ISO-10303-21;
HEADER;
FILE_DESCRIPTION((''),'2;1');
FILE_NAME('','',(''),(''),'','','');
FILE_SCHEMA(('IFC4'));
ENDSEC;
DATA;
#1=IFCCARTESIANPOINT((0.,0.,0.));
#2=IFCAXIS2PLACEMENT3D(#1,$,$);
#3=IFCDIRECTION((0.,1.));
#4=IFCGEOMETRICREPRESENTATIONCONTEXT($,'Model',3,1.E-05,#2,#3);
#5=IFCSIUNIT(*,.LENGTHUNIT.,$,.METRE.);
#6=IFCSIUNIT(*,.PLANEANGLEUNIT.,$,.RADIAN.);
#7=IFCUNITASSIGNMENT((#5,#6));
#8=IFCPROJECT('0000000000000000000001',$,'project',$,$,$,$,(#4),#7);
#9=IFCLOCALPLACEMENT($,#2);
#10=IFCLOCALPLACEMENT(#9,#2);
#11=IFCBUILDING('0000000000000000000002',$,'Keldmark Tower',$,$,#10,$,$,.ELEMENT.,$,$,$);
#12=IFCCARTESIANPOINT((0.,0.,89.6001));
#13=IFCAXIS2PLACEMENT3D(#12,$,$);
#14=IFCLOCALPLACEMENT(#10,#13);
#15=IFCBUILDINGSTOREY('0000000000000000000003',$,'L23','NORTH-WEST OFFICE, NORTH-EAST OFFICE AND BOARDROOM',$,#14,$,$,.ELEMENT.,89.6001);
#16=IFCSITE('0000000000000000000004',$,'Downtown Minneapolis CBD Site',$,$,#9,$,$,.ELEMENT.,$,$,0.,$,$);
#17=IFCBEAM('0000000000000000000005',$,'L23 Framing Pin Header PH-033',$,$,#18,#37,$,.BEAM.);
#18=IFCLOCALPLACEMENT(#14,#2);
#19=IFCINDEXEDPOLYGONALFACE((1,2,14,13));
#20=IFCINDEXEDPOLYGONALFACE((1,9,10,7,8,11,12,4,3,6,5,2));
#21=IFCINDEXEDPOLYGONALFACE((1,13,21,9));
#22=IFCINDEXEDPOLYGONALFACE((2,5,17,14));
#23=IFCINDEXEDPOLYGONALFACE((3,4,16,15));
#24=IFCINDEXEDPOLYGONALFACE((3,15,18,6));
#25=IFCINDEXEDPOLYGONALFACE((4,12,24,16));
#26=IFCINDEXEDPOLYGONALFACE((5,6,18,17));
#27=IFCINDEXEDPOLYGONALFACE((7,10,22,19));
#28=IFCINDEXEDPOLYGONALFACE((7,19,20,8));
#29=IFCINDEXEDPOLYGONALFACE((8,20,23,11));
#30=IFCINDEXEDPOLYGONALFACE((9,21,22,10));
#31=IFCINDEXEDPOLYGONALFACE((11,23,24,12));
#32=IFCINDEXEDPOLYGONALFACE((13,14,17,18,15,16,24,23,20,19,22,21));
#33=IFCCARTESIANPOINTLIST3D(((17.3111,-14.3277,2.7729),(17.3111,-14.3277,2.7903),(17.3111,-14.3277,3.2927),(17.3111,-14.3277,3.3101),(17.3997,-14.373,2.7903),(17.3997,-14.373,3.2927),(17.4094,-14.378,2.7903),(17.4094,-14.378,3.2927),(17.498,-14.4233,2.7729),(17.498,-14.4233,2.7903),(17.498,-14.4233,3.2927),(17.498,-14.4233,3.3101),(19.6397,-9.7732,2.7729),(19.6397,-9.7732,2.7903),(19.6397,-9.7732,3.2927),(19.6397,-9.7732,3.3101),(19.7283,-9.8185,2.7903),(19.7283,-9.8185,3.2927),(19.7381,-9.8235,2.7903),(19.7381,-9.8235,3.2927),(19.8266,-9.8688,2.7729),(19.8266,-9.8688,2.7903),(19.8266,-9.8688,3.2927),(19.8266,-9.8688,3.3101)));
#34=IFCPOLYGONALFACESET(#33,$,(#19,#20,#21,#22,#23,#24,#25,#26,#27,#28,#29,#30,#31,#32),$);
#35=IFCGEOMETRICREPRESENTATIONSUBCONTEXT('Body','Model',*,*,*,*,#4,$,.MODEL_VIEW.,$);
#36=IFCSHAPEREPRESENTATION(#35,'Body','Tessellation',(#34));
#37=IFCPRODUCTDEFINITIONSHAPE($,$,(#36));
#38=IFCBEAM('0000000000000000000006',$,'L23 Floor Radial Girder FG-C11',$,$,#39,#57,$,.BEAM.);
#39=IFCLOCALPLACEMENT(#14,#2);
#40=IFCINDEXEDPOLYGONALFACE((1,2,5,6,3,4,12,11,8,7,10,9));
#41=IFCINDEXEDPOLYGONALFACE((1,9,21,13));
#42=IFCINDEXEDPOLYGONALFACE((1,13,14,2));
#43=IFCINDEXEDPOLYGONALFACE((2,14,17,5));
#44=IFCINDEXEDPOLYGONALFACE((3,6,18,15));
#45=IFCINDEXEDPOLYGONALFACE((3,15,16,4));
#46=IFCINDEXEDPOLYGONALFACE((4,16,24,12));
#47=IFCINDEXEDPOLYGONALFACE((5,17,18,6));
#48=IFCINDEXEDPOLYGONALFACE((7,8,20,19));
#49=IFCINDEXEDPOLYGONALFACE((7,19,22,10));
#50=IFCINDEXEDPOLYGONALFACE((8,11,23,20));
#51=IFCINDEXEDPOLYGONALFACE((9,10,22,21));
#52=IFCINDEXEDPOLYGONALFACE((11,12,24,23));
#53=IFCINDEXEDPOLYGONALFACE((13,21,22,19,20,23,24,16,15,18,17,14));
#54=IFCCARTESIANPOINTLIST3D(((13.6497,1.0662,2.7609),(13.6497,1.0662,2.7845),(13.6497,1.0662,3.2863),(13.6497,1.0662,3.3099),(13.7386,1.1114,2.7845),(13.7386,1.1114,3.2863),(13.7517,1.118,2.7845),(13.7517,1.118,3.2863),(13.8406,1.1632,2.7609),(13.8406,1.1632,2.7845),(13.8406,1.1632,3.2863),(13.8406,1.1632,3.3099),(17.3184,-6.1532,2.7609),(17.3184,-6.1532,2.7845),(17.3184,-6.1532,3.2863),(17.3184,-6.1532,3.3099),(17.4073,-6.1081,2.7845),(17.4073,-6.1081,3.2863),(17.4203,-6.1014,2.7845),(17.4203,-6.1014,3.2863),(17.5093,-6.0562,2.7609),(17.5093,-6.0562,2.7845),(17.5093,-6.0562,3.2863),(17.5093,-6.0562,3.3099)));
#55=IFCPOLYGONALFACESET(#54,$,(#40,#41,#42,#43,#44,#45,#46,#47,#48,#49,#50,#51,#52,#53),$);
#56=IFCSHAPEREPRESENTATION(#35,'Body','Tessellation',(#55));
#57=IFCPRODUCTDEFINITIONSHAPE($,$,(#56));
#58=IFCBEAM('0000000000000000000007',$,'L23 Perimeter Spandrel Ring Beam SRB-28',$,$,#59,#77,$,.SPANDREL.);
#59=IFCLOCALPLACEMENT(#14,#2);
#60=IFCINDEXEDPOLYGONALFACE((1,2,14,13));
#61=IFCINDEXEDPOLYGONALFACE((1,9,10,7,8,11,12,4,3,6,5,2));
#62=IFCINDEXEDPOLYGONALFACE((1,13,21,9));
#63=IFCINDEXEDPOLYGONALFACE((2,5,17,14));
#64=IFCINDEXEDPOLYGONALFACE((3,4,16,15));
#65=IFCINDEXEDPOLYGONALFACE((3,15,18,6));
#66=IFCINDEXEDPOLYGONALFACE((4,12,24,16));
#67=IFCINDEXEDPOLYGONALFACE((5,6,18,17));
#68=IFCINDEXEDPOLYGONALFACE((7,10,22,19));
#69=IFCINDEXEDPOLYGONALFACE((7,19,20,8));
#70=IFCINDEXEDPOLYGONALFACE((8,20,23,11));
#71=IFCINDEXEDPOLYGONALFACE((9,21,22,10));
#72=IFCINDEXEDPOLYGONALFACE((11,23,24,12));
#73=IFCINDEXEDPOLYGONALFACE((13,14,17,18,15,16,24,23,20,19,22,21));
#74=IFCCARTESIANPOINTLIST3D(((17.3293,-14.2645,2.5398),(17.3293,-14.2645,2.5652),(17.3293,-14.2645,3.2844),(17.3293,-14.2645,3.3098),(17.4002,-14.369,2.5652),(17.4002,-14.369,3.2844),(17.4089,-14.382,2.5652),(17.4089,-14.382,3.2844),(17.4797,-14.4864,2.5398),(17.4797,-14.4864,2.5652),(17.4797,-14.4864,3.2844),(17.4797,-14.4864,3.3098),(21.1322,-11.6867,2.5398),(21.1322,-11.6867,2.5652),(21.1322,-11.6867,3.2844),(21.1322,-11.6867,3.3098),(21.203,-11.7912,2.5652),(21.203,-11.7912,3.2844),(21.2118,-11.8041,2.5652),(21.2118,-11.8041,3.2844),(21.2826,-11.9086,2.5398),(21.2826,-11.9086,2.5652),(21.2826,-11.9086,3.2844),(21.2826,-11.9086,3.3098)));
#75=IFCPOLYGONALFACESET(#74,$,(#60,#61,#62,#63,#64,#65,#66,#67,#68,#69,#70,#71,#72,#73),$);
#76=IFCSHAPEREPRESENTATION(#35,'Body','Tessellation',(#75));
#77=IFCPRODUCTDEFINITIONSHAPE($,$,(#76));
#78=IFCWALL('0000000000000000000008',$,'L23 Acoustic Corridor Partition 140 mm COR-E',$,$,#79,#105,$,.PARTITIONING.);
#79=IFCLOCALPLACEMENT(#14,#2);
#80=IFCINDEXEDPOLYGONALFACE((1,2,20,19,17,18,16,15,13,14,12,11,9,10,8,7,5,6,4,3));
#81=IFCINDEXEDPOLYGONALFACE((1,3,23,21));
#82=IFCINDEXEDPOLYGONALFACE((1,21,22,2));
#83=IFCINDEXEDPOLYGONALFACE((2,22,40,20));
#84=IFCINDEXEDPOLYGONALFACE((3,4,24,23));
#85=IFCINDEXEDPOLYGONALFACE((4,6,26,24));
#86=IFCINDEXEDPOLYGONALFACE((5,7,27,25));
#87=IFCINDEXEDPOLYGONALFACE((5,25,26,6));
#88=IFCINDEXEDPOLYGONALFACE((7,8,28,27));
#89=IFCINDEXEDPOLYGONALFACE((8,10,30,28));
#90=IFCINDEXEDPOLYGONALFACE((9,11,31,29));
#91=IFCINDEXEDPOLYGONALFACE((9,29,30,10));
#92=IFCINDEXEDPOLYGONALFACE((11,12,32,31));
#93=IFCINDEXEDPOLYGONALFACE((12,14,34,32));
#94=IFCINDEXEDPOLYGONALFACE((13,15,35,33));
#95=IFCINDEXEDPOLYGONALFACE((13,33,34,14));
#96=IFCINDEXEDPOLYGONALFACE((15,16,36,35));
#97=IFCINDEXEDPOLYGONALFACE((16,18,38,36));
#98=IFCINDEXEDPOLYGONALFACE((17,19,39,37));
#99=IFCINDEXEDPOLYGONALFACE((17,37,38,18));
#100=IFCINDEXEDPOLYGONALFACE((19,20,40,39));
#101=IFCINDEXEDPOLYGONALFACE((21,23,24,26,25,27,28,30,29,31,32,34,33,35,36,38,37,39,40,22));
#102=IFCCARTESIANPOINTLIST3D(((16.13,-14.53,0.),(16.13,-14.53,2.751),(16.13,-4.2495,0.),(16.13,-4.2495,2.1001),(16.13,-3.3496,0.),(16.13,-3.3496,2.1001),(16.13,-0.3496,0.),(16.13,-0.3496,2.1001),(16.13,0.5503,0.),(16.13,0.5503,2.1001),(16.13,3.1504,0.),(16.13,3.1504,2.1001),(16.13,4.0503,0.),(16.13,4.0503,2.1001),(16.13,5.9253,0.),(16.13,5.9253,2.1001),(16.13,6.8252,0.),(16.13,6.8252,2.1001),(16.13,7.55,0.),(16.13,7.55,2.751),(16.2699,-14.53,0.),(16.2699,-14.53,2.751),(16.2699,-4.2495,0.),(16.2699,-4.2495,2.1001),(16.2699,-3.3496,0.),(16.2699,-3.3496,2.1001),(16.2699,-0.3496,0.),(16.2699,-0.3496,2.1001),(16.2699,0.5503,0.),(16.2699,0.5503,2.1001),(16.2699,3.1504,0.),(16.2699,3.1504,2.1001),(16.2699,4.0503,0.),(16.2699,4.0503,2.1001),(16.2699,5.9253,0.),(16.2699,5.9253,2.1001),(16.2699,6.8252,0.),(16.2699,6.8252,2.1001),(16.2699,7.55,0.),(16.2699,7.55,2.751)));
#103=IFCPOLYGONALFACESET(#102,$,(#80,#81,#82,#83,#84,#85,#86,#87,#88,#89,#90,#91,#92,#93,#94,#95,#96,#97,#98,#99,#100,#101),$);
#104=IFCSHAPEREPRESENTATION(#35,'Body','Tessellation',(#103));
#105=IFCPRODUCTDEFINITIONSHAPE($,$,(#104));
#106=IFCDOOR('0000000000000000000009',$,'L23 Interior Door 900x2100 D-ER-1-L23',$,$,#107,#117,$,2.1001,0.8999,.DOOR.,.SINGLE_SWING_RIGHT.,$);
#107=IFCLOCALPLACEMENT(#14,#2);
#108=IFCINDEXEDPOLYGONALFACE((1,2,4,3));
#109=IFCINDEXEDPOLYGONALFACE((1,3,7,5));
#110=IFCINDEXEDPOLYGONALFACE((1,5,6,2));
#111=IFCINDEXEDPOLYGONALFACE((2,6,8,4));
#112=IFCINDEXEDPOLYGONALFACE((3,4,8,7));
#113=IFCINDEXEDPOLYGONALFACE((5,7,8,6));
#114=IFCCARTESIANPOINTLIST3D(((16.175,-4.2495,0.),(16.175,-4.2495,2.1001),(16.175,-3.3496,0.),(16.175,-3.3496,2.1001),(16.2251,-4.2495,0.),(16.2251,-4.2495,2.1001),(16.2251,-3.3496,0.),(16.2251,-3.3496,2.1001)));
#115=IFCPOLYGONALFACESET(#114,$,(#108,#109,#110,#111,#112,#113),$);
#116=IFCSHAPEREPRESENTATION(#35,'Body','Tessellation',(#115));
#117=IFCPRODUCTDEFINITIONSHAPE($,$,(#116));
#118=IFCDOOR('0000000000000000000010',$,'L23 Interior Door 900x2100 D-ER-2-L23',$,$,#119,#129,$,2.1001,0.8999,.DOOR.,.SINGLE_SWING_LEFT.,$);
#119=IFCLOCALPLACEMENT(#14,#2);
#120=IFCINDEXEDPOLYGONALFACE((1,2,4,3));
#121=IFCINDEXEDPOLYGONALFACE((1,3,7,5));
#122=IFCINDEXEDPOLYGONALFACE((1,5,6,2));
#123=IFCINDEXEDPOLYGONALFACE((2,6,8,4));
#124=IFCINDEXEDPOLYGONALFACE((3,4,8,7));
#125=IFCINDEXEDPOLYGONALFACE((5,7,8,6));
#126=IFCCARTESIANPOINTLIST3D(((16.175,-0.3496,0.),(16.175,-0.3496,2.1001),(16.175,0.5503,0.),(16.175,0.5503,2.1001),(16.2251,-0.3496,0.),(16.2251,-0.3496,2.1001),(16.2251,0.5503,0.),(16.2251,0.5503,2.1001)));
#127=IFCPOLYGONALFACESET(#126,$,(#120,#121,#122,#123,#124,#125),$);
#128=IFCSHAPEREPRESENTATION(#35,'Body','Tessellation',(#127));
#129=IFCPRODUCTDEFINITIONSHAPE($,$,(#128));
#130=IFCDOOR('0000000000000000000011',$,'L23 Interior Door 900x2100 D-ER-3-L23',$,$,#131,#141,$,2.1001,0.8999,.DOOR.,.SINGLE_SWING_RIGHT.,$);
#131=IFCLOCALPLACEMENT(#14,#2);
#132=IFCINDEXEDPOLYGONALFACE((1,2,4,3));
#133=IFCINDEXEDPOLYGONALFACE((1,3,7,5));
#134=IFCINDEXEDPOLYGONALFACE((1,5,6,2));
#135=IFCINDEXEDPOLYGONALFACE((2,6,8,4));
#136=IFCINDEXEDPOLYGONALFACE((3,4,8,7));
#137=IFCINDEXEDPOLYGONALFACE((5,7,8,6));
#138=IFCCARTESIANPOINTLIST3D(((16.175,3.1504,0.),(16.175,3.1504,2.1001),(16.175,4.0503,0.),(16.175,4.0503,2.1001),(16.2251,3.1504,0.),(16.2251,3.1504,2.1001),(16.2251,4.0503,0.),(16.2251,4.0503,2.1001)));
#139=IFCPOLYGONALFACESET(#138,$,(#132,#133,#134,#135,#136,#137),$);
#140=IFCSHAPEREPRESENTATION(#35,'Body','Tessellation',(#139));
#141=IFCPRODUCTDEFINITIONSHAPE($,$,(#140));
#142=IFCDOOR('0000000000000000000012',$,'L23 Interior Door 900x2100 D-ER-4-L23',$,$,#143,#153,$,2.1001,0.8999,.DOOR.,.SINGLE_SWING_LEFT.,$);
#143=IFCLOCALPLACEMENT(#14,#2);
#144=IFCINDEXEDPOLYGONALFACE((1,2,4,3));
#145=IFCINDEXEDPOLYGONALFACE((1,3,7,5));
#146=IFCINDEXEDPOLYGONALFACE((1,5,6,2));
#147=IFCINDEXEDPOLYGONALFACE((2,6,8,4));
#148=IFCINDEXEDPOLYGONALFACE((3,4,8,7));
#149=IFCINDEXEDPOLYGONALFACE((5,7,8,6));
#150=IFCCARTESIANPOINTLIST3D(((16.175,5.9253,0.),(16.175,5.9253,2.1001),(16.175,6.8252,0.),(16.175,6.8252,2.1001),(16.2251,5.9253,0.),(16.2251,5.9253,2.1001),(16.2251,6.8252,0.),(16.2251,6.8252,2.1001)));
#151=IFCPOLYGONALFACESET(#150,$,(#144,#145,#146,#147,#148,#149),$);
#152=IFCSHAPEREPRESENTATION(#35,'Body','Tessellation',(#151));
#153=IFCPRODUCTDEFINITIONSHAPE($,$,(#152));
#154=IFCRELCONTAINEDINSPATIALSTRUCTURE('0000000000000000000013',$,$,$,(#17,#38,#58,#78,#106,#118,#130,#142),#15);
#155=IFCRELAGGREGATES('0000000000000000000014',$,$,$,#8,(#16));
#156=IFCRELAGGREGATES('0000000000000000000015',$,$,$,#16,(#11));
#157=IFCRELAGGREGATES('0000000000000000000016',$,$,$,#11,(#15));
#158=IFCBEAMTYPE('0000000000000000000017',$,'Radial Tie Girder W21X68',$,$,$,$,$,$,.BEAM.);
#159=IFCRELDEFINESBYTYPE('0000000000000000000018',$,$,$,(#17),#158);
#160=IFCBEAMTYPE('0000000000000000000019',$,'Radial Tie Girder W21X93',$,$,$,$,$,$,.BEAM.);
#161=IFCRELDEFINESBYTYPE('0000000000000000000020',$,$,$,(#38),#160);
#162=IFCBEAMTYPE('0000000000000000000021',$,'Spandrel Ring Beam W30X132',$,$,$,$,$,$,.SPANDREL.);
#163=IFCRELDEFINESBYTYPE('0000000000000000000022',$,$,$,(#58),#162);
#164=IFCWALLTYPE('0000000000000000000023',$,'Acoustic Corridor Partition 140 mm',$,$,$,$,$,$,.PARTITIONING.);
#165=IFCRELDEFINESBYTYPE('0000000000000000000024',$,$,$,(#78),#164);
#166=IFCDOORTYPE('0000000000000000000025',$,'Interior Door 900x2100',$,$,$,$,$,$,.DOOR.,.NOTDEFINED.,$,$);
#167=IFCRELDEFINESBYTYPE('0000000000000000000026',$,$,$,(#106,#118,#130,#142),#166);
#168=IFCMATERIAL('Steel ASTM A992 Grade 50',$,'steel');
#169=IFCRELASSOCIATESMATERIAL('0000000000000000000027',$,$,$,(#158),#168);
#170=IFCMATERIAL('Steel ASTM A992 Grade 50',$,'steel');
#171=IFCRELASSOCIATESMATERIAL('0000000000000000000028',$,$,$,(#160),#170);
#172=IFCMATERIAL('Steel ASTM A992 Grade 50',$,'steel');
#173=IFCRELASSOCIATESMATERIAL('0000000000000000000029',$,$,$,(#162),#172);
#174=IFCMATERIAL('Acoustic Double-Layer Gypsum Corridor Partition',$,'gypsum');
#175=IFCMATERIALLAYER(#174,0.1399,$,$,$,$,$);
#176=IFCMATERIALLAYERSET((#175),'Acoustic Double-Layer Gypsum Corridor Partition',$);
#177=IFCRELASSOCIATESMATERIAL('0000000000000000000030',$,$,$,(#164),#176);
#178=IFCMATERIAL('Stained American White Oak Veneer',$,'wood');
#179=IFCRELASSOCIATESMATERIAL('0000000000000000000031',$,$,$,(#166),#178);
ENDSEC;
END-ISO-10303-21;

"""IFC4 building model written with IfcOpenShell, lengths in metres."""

from ifc_helpers import new_model, si_unit, direction, frame, frame_2d, origin, origin_2d, place, context, subcontext, project, spatial, rectangle, i_section, extrude, material, layer, layer_set, material_profile, profile_set, type_object, element, fill, save


model = new_model("IFC4")

# Units and contexts
model_context = context("Model", 3, precision=1e-05, world=origin(), true_north=direction((0.0, 1.0)))
body_context = subcontext(model_context, "Body", "Model", "MODEL_VIEW")
ifc_project = project(units=[si_unit("LENGTHUNIT", "METRE"), si_unit("PLANEANGLEUNIT", "RADIAN")], contexts=[model_context])

# Site, building, storey
site_placement = place(None, origin())
site = spatial("IfcSite", under=ifc_project, at=site_placement, Name="Downtown Minneapolis CBD Site", CompositionType="ELEMENT", RefElevation=0.0)
building_placement = place(site_placement, origin())
building = spatial("IfcBuilding", under=site, at=building_placement, Name="Keldmark Tower", CompositionType="ELEMENT")
storey_placement = place(building_placement, frame((0.0, 0.0, 89.6001)))
storey = spatial("IfcBuildingStorey", under=building, at=storey_placement, Name="L23", Description="NORTH-WEST OFFICE, NORTH-EAST OFFICE AND BOARDROOM", CompositionType="ELEMENT", Elevation=89.6001)

# Beams
ifc_material_1 = material(Name="Steel ASTM A992 Grade 50", Category="steel")
ifc_material_profile_1 = material_profile(ifc_material_1, i_section(OverallWidth=0.21, OverallDepth=0.5371, WebThickness=0.011, FlangeThickness=0.0173, at=origin_2d()), Name="W21X68")
ifc_profile_set_1 = profile_set([ifc_material_profile_1], Name="Steel ASTM A992 Grade 50")
beam_type_1 = type_object("IfcBeamType", Name="Radial Tie Girder W21X68", PredefinedType="BEAM", material=ifc_profile_set_1)
beam_1_placement = place(storey_placement, frame((17.4045, -14.3755, 3.0415), z_axis=(0.455233, 0.890372, 0.0), x_axis=(-0.890372, 0.455233, 0.0)))
element("IfcBeam", 1, at=beam_1_placement, inside=storey, type_object=beam_type_1, Name="L23 Framing Pin Header PH-033", PredefinedType="BEAM", context=body_context, shape_type="SweptSolid", body=[
    extrude(i_section(OverallWidth=0.21, OverallDepth=0.5371, WebThickness=0.011, FlangeThickness=0.0173, at=origin_2d()), origin(), (0.0, 0.0, 1.0), 5.1152),
])
ifc_material_2 = material(Name="Steel ASTM A992 Grade 50", Category="steel")
ifc_material_profile_2 = material_profile(ifc_material_2, i_section(OverallWidth=0.2141, OverallDepth=0.5491, WebThickness=0.0146, FlangeThickness=0.0237, at=origin_2d()), Name="W21X93")
ifc_profile_set_2 = profile_set([ifc_material_profile_2], Name="Steel ASTM A992 Grade 50")
beam_type_2 = type_object("IfcBeamType", Name="Radial Tie Girder W21X93", PredefinedType="BEAM", material=ifc_profile_set_2)
beam_2_placement = place(storey_placement, frame((17.4138, -6.1047, 3.0354), z_axis=(-0.453029, 0.891496, 0.0), x_axis=(-0.891496, -0.453029, 0.0)))
element("IfcBeam", 2, at=beam_2_placement, inside=storey, type_object=beam_type_2, Name="L23 Floor Radial Girder FG-C11", PredefinedType="BEAM", context=body_context, shape_type="SweptSolid", body=[
    extrude(i_section(OverallWidth=0.2141, OverallDepth=0.5491, WebThickness=0.0146, FlangeThickness=0.0237, at=origin_2d()), origin(), (0.0, 0.0, 1.0), 8.0981),
])
ifc_material_3 = material(Name="Steel ASTM A992 Grade 50", Category="steel")
ifc_material_profile_3 = material_profile(ifc_material_3, i_section(OverallWidth=0.2681, OverallDepth=0.77, WebThickness=0.0156, FlangeThickness=0.0254, at=origin_2d()), Name="W30X132")
ifc_profile_set_3 = profile_set([ifc_material_profile_3], Name="Steel ASTM A992 Grade 50")
beam_type_3 = type_object("IfcBeamType", Name="Spandrel Ring Beam W30X132", PredefinedType="SPANDREL", material=ifc_profile_set_3)
beam_3_placement = place(storey_placement, frame((17.4045, -14.3755, 2.9248), z_axis=(0.82775, 0.561097, 0.0), x_axis=(-0.561097, 0.82775, 0.0)))
element("IfcBeam", 3, at=beam_3_placement, inside=storey, type_object=beam_type_3, Name="L23 Perimeter Spandrel Ring Beam SRB-28", PredefinedType="SPANDREL", context=body_context, shape_type="SweptSolid", body=[
    extrude(i_section(OverallWidth=0.2681, OverallDepth=0.77, WebThickness=0.0156, FlangeThickness=0.0254, at=origin_2d()), origin(), (0.0, 0.0, 1.0), 4.5942),
])

# Wall, openings, doors
ifc_material_4 = material(Name="Acoustic Double-Layer Gypsum Corridor Partition", Category="gypsum")
ifc_layer_1 = layer(ifc_material_4, 0.1399)
ifc_layer_set_1 = layer_set([ifc_layer_1], Name="Acoustic Double-Layer Gypsum Corridor Partition")
wall_type_1 = type_object("IfcWallType", Name="Acoustic Corridor Partition 140 mm", PredefinedType="PARTITIONING", material=ifc_layer_set_1)
wall_1_placement = place(storey_placement, frame((16.2, -14.53, 0.0), z_axis=(0.0, 0.0, 1.0), x_axis=(0.0, 1.0, 0.0)))
wall_1 = element("IfcWall", 4, at=wall_1_placement, inside=storey, type_object=wall_type_1, Name="L23 Acoustic Corridor Partition 140 mm COR-E", PredefinedType="PARTITIONING", context=body_context, shape_type="SweptSolid", body=[
    extrude(rectangle(XDim=22.0801, YDim=0.1399, at=frame_2d((11.04, 0.0))), origin(), (0.0, 0.0, 1.0), 2.751),
])
opening_1_placement = place(wall_1_placement, frame((10.2805, 0.0, 0.0)))
opening_1 = element("IfcOpeningElement", 5, at=opening_1_placement, cuts=wall_1, PredefinedType="OPENING", context=body_context, shape_type="SweptSolid", body=[
    extrude(rectangle(XDim=0.8999, YDim=2.1001, at=frame_2d((0.45, 1.05))), frame((0.0, 0.0798, 0.0), z_axis=(0.0, -1.0, 0.0), x_axis=(1.0, 0.0, 0.0)), (0.0, 0.0, 1.0), 0.1599),
])
opening_2_placement = place(wall_1_placement, frame((14.1804, 0.0, 0.0)))
opening_2 = element("IfcOpeningElement", 6, at=opening_2_placement, cuts=wall_1, PredefinedType="OPENING", context=body_context, shape_type="SweptSolid", body=[
    extrude(rectangle(XDim=0.8999, YDim=2.1001, at=frame_2d((0.45, 1.05))), frame((0.0, 0.0798, 0.0), z_axis=(0.0, -1.0, 0.0), x_axis=(1.0, 0.0, 0.0)), (0.0, 0.0, 1.0), 0.1599),
])
opening_3_placement = place(wall_1_placement, frame((17.6804, 0.0, 0.0)))
opening_3 = element("IfcOpeningElement", 7, at=opening_3_placement, cuts=wall_1, PredefinedType="OPENING", context=body_context, shape_type="SweptSolid", body=[
    extrude(rectangle(XDim=0.8999, YDim=2.1001, at=frame_2d((0.45, 1.05))), frame((0.0, 0.0798, 0.0), z_axis=(0.0, -1.0, 0.0), x_axis=(1.0, 0.0, 0.0)), (0.0, 0.0, 1.0), 0.1599),
])
opening_4_placement = place(wall_1_placement, frame((20.4553, 0.0, 0.0)))
opening_4 = element("IfcOpeningElement", 8, at=opening_4_placement, cuts=wall_1, PredefinedType="OPENING", context=body_context, shape_type="SweptSolid", body=[
    extrude(rectangle(XDim=0.8999, YDim=2.1001, at=frame_2d((0.45, 1.05))), frame((0.0, 0.0798, 0.0), z_axis=(0.0, -1.0, 0.0), x_axis=(1.0, 0.0, 0.0)), (0.0, 0.0, 1.0), 0.1599),
])
ifc_material_5 = material(Name="Stained American White Oak Veneer", Category="wood")
door_type = type_object("IfcDoorType", Name="Interior Door 900x2100", OperationType="NOTDEFINED", PredefinedType="DOOR", material=ifc_material_5)
door_1_placement = place(opening_1_placement, origin())
door_1 = element("IfcDoor", 9, at=door_1_placement, inside=storey, type_object=door_type, Name="L23 Interior Door 900x2100 D-ER-1-L23", OperationType="SINGLE_SWING_RIGHT", OverallHeight=2.1001, OverallWidth=0.8999, PredefinedType="DOOR", context=body_context, shape_type="SweptSolid", body=[
    extrude(rectangle(XDim=0.8999, YDim=2.1001, at=frame_2d((0.45, 1.05))), frame((0.0, 0.0249, 0.0), z_axis=(0.0, -1.0, 0.0), x_axis=(1.0, 0.0, 0.0)), (0.0, 0.0, 1.0), 0.05),
])
fill(opening_1, door_1)
door_2_placement = place(opening_2_placement, origin())
door_2 = element("IfcDoor", 10, at=door_2_placement, inside=storey, type_object=door_type, Name="L23 Interior Door 900x2100 D-ER-2-L23", OperationType="SINGLE_SWING_LEFT", OverallHeight=2.1001, OverallWidth=0.8999, PredefinedType="DOOR", context=body_context, shape_type="SweptSolid", body=[
    extrude(rectangle(XDim=0.8999, YDim=2.1001, at=frame_2d((0.45, 1.05))), frame((0.0, 0.0249, 0.0), z_axis=(0.0, -1.0, 0.0), x_axis=(1.0, 0.0, 0.0)), (0.0, 0.0, 1.0), 0.05),
])
fill(opening_2, door_2)
door_3_placement = place(opening_3_placement, origin())
door_3 = element("IfcDoor", 11, at=door_3_placement, inside=storey, type_object=door_type, Name="L23 Interior Door 900x2100 D-ER-3-L23", OperationType="SINGLE_SWING_RIGHT", OverallHeight=2.1001, OverallWidth=0.8999, PredefinedType="DOOR", context=body_context, shape_type="SweptSolid", body=[
    extrude(rectangle(XDim=0.8999, YDim=2.1001, at=frame_2d((0.45, 1.05))), frame((0.0, 0.0249, 0.0), z_axis=(0.0, -1.0, 0.0), x_axis=(1.0, 0.0, 0.0)), (0.0, 0.0, 1.0), 0.05),
])
fill(opening_3, door_3)
door_4_placement = place(opening_4_placement, origin())
door_4 = element("IfcDoor", 12, at=door_4_placement, inside=storey, type_object=door_type, Name="L23 Interior Door 900x2100 D-ER-4-L23", OperationType="SINGLE_SWING_LEFT", OverallHeight=2.1001, OverallWidth=0.8999, PredefinedType="DOOR", context=body_context, shape_type="SweptSolid", body=[
    extrude(rectangle(XDim=0.8999, YDim=2.1001, at=frame_2d((0.45, 1.05))), frame((0.0, 0.0249, 0.0), z_axis=(0.0, -1.0, 0.0), x_axis=(1.0, 0.0, 0.0)), (0.0, 0.0, 1.0), 0.05),
])
fill(opening_4, door_4)

save(model, "model.ifc")
